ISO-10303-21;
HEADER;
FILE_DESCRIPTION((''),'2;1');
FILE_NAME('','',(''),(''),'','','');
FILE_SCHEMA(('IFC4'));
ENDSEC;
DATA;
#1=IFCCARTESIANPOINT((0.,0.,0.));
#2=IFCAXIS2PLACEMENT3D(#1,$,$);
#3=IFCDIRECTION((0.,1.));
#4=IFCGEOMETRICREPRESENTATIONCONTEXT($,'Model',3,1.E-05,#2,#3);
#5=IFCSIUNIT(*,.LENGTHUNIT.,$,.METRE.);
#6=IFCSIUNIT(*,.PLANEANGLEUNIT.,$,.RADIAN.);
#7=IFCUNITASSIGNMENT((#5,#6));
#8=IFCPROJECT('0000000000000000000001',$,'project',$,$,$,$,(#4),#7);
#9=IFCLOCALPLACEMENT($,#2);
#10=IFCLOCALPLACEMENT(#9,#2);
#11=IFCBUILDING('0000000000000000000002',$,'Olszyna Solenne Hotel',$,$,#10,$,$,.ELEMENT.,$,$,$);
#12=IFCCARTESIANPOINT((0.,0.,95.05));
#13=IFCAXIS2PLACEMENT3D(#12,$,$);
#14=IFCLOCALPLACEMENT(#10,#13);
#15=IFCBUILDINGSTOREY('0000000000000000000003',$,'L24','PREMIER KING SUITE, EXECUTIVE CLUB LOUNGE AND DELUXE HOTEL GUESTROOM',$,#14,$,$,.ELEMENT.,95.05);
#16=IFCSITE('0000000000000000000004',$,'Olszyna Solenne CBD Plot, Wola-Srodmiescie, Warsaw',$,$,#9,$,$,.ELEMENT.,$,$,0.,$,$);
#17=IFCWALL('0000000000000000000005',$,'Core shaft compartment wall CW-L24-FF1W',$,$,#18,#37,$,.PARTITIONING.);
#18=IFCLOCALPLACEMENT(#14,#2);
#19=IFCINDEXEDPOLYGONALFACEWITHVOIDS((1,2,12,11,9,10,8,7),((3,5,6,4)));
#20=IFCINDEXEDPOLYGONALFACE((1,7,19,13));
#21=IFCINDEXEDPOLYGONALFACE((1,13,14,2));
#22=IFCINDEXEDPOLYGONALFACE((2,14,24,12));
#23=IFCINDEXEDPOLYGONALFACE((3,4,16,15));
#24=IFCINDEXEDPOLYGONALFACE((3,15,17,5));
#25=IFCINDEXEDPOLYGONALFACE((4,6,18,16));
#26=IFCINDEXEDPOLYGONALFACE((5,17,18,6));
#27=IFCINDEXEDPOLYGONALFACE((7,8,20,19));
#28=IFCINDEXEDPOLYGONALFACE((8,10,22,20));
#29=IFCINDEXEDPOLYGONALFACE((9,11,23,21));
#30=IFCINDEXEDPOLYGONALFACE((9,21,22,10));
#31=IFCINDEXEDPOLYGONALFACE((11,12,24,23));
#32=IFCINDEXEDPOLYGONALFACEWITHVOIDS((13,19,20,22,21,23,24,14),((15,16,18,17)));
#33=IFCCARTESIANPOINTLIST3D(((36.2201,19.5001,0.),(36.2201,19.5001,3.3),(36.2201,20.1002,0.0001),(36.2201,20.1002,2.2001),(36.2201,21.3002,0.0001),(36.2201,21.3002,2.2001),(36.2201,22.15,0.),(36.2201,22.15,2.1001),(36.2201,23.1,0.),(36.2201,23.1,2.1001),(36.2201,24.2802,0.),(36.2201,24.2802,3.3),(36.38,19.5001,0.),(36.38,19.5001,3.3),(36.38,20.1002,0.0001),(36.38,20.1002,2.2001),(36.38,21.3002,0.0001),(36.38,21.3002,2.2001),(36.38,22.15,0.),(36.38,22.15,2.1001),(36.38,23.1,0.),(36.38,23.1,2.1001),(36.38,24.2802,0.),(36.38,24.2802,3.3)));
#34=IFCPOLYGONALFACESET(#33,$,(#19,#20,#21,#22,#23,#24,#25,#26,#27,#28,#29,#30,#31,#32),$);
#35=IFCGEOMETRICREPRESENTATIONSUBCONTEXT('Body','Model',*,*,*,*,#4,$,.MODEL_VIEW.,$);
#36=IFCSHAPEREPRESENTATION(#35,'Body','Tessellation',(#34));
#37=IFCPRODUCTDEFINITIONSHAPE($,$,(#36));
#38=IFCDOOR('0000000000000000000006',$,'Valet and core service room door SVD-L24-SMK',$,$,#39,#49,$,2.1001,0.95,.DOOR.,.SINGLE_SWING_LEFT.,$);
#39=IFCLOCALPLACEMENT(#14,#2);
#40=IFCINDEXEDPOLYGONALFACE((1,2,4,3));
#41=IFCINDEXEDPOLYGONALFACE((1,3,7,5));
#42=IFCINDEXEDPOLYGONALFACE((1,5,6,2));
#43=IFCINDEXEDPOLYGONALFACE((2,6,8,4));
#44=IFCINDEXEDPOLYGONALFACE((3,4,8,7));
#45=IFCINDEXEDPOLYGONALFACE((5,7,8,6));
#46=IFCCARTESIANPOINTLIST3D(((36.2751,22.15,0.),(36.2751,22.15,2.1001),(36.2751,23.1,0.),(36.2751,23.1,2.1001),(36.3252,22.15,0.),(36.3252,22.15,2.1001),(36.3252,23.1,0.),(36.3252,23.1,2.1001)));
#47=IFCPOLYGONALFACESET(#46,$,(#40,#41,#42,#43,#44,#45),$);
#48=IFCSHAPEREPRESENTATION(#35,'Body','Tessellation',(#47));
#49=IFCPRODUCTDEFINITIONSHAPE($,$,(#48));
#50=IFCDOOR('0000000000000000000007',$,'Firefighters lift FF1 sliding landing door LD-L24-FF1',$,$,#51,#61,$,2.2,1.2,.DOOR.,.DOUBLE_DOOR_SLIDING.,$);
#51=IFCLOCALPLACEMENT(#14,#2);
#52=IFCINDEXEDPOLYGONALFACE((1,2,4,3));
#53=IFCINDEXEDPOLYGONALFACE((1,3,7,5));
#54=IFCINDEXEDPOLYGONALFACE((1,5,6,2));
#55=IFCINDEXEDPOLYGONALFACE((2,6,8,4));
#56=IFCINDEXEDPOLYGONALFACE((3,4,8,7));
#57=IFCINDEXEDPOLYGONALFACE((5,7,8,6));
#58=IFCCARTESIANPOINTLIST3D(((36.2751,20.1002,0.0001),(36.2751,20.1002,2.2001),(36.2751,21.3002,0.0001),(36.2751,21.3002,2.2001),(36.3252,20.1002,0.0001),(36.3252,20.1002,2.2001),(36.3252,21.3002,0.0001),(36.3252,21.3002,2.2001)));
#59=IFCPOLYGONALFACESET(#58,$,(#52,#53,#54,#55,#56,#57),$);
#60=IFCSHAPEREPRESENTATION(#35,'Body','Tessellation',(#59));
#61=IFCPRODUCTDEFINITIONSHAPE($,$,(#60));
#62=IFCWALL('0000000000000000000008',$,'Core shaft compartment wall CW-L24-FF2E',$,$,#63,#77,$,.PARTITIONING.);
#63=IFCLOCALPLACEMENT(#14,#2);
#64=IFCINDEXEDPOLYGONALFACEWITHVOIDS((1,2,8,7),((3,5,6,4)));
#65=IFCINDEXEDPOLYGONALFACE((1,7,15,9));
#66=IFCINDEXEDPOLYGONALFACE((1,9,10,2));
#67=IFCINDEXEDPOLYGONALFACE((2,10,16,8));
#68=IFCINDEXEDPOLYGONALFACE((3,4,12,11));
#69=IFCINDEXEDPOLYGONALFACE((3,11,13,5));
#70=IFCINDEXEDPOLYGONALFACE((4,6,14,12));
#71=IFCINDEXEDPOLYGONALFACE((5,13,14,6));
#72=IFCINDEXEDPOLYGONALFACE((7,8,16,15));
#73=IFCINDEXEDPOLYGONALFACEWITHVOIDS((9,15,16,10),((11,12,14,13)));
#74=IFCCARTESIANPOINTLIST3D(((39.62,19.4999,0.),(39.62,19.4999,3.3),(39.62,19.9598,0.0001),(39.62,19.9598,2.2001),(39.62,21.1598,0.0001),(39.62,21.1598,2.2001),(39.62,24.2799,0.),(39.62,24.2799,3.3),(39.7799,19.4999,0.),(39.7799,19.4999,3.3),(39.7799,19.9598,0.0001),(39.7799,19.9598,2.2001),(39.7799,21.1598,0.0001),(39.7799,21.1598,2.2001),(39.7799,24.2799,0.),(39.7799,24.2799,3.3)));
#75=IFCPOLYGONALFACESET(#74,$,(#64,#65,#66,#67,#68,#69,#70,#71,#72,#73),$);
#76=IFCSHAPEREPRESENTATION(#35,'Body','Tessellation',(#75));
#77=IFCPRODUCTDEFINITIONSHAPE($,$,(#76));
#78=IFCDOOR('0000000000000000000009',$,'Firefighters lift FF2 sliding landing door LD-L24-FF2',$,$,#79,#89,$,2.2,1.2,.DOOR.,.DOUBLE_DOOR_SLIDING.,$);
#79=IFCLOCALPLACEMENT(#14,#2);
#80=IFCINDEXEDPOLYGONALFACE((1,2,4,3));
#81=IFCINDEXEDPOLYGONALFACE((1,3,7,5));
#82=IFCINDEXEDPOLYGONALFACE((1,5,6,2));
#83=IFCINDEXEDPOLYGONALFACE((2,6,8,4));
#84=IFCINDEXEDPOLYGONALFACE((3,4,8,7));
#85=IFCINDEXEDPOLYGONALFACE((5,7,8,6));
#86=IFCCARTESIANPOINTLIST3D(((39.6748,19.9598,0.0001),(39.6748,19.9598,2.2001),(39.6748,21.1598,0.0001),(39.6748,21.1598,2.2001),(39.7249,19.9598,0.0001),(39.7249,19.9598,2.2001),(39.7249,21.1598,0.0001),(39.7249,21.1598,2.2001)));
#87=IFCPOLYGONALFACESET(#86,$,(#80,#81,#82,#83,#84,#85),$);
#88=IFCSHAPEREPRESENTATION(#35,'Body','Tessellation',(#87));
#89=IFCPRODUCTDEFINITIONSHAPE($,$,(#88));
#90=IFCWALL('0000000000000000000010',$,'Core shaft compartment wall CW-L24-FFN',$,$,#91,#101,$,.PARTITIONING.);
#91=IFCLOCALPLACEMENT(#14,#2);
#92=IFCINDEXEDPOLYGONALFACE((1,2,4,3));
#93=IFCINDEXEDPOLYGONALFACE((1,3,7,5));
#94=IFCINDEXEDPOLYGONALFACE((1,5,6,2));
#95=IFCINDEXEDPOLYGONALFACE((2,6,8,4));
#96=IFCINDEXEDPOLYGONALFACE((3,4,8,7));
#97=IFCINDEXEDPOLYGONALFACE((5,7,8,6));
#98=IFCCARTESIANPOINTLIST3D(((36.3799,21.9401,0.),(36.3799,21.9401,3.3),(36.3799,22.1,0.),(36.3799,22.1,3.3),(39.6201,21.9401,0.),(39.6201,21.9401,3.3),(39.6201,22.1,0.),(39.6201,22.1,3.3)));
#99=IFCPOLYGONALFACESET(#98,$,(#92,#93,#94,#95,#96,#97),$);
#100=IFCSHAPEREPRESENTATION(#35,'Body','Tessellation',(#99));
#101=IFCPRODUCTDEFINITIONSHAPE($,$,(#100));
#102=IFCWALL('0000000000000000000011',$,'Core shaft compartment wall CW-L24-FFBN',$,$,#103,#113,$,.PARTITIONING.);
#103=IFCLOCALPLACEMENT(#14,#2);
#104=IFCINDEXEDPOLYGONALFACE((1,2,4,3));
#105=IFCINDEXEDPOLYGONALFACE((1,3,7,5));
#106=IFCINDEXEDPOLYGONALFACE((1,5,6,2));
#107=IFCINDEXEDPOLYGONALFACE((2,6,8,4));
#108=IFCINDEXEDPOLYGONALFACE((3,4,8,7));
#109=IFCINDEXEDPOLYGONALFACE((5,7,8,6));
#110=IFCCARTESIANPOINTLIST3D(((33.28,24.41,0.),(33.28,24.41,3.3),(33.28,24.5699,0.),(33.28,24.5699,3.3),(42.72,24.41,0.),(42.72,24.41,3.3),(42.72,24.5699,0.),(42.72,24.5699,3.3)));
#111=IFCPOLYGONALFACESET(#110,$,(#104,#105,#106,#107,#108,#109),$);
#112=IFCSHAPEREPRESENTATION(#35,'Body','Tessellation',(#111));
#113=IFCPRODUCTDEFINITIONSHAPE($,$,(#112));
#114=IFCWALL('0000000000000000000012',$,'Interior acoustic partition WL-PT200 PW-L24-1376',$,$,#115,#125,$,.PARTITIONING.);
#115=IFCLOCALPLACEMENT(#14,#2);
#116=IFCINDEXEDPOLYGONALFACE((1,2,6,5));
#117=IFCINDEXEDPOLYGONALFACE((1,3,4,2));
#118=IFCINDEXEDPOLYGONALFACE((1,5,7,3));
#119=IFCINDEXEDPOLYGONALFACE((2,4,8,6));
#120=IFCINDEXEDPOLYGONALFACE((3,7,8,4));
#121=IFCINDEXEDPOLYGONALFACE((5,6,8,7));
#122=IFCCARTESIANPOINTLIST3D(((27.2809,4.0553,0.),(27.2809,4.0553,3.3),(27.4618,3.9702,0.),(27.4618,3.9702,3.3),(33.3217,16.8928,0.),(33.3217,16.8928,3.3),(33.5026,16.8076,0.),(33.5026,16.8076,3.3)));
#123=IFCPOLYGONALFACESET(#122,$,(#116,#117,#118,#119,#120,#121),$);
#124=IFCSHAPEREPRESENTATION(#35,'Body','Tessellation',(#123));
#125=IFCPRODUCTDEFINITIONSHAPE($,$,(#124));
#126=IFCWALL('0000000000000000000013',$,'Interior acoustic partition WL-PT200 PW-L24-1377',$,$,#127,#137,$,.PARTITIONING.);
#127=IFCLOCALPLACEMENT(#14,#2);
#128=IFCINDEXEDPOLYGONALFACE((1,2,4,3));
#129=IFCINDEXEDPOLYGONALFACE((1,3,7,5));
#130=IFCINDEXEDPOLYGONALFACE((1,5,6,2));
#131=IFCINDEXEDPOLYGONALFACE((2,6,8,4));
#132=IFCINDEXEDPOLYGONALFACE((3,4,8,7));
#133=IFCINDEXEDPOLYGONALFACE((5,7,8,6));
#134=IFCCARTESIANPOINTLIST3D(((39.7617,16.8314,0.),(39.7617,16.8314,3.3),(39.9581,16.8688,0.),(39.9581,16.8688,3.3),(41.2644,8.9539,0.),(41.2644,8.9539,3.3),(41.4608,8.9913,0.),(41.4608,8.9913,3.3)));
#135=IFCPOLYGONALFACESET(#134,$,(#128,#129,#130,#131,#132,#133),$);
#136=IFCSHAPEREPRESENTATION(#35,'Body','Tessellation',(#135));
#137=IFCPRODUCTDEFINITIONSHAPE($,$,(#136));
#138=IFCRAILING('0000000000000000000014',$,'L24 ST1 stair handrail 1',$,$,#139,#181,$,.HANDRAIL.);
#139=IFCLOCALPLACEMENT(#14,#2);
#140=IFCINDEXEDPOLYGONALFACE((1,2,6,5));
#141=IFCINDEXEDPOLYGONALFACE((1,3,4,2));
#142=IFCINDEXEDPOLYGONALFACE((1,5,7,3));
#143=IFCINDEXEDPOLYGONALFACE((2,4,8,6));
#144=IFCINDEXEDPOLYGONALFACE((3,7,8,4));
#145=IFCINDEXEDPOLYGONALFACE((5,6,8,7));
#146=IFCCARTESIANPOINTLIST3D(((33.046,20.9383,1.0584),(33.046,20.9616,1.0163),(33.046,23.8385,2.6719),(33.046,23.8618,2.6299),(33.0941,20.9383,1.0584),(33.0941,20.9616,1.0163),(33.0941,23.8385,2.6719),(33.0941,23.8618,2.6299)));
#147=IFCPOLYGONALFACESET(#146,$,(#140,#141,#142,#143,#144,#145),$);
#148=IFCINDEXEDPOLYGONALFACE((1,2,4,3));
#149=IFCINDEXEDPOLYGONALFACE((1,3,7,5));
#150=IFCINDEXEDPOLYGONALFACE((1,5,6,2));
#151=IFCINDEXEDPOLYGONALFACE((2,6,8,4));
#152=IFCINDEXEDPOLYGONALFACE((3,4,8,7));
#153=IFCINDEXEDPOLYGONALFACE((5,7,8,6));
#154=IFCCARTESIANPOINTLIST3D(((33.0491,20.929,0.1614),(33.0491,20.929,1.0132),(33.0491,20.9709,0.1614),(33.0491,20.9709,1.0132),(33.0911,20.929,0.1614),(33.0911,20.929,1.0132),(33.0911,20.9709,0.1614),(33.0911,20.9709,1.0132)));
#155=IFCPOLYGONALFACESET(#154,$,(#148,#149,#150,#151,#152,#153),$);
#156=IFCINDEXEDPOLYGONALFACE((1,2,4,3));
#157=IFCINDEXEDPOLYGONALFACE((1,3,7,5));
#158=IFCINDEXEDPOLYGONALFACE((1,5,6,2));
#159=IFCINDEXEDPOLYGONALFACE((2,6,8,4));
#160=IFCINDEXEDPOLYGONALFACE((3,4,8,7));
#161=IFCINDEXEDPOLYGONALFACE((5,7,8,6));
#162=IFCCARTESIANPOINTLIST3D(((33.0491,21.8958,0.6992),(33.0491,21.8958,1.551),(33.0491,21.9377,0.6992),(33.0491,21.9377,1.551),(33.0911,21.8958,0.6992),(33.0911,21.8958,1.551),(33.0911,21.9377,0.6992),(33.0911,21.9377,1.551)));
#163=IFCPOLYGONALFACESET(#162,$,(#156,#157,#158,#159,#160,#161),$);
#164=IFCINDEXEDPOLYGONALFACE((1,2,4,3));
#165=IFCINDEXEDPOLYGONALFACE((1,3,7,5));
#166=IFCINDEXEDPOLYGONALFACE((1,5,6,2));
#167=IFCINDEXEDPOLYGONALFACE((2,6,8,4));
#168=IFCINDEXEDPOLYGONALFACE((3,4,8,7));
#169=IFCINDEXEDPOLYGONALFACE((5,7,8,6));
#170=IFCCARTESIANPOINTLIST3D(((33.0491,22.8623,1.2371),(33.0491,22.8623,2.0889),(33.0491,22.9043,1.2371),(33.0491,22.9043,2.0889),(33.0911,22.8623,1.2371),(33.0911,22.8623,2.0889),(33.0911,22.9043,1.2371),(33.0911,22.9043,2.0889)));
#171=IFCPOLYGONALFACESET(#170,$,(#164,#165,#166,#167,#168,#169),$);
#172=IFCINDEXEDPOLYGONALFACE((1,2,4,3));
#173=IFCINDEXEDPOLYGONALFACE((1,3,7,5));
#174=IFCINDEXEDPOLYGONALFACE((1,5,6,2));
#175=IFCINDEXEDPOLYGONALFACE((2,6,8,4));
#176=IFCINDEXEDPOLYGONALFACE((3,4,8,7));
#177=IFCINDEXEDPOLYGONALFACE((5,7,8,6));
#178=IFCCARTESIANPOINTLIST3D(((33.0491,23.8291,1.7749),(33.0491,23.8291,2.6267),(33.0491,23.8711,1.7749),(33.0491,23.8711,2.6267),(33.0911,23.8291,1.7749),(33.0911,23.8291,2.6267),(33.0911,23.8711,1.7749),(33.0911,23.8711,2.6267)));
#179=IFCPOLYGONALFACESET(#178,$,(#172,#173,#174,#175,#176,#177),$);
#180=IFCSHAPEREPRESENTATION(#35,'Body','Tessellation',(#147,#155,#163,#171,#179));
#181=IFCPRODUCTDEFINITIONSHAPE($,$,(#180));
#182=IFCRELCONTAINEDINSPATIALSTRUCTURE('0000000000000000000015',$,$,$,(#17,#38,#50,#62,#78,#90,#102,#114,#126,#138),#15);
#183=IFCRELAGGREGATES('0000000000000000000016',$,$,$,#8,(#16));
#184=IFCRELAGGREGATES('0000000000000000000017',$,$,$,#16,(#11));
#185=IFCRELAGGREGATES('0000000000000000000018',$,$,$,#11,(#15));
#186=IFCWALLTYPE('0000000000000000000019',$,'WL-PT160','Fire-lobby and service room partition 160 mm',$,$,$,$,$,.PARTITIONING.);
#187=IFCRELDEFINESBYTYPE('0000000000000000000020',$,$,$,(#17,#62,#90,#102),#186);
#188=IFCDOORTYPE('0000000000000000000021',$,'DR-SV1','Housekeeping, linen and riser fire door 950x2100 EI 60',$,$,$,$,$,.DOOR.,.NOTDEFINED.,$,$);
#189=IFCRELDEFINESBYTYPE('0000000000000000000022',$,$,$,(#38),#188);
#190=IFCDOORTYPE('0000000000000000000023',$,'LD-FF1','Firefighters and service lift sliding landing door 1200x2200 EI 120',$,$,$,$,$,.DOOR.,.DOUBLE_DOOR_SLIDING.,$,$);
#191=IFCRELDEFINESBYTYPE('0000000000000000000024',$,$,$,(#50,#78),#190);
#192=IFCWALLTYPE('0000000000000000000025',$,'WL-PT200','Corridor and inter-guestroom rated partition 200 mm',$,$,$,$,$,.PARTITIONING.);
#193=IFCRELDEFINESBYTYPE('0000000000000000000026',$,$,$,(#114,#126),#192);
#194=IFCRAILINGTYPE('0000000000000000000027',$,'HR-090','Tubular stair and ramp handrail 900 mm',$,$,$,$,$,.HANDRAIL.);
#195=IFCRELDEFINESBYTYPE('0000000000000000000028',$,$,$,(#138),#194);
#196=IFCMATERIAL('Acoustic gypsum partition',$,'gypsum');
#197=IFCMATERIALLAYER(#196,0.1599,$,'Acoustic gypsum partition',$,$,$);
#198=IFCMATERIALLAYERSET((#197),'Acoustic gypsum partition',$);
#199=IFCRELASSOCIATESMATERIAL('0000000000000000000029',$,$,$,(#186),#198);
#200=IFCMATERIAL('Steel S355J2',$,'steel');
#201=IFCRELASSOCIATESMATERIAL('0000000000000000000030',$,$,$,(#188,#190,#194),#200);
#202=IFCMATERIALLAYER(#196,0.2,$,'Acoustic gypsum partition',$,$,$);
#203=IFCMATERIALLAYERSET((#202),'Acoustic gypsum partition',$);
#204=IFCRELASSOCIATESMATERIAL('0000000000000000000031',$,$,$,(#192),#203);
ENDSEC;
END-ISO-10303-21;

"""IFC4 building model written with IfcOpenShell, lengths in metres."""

from ifc_helpers import new_model, si_unit, direction, frame, frame_2d, origin, origin_2d, place, context, subcontext, project, spatial, rectangle, extrude, source, transform, mapped, material, layer, layer_set, type_object, type_shapes, element, fill, save


model = new_model("IFC4")

# Units and contexts
model_context = context("Model", 3, precision=1e-05, world=origin(), true_north=direction((0.0, 1.0)))
body_context = subcontext(model_context, "Body", "Model", "MODEL_VIEW")
ifc_project = project(units=[si_unit("LENGTHUNIT", "METRE"), si_unit("PLANEANGLEUNIT", "RADIAN")], contexts=[model_context])

# Site, building, storey
site_placement = place(None, origin())
site = spatial("IfcSite", under=ifc_project, at=site_placement, Name="Olszyna Solenne CBD Plot, Wola-Srodmiescie, Warsaw", CompositionType="ELEMENT", RefElevation=0.0)
building_placement = place(site_placement, origin())
building = spatial("IfcBuilding", under=site, at=building_placement, Name="Olszyna Solenne Hotel", CompositionType="ELEMENT")
storey_placement = place(building_placement, frame((0.0, 0.0, 95.05)))
storey = spatial("IfcBuildingStorey", under=building, at=storey_placement, Name="L24", Description="PREMIER KING SUITE, EXECUTIVE CLUB LOUNGE AND DELUXE HOTEL GUESTROOM", CompositionType="ELEMENT", Elevation=95.05)

# Shared definitions
ifc_material_1 = material(Name="Steel S355J2", Category="steel")

# Shared definitions
ifc_material_2 = material(Name="Acoustic gypsum partition", Category="gypsum")

# Shared definitions
ifc_layer_1 = layer(ifc_material_2, 0.1599, Name="Acoustic gypsum partition")
ifc_layer_set_1 = layer_set([ifc_layer_1], Name="Acoustic gypsum partition")
wall_type_1 = type_object("IfcWallType", Name="WL-PT160", Description="Fire-lobby and service room partition 160 mm", PredefinedType="PARTITIONING", material=ifc_layer_set_1)

# Wall, openings, doors
wall_1_placement = place(storey_placement, frame((36.3, 19.5, 0.0), z_axis=(0.0, 0.0, 1.0), x_axis=(0.0, 1.0, 0.0)))
wall_1 = element("IfcWall", 1, at=wall_1_placement, inside=storey, type_object=wall_type_1, Name="Core shaft compartment wall CW-L24-FF1W", PredefinedType="PARTITIONING", context=body_context, shape_type="SweptSolid", body=[
    extrude(rectangle(XDim=4.78, YDim=0.1599, at=frame_2d((2.3901, 0.0))), origin(), (0.0, 0.0, 1.0), 3.3),
])
opening_1_placement = place(wall_1_placement, frame((0.6001, 0.0, 0.0)))
opening_1 = element("IfcOpeningElement", 2, at=opening_1_placement, cuts=wall_1, PredefinedType="OPENING", context=body_context, shape_type="SweptSolid", body=[
    extrude(rectangle(XDim=1.2, YDim=2.2, at=frame_2d((0.6001, 1.1001))), frame((0.0, 0.0898, 0.0), z_axis=(0.0, -1.0, 0.0), x_axis=(1.0, 0.0, 0.0)), (0.0, 0.0, 1.0), 0.1799),
])
opening_2_placement = place(wall_1_placement, frame((2.6499, 0.0, 0.0)))
opening_2 = element("IfcOpeningElement", 3, at=opening_2_placement, cuts=wall_1, PredefinedType="OPENING", context=body_context, shape_type="SweptSolid", body=[
    extrude(rectangle(XDim=0.95, YDim=2.1001, at=frame_2d((0.4751, 1.05))), frame((0.0, 0.0898, 0.0), z_axis=(0.0, -1.0, 0.0), x_axis=(1.0, 0.0, 0.0)), (0.0, 0.0, 1.0), 0.1799),
])
door_type_1 = type_object("IfcDoorType", Name="DR-SV1", Description="Housekeeping, linen and riser fire door 950x2100 EI 60", OperationType="NOTDEFINED", PredefinedType="DOOR", material=ifc_material_1)
shared_shape_1 = source(origin(), body_context, "Body", "SweptSolid", [
    extrude(rectangle(XDim=0.95, YDim=2.1001, at=frame_2d((0.4751, 1.05))), frame((0.0, 0.0249, 0.0), z_axis=(0.0, -1.0, 0.0), x_axis=(1.0, 0.0, 0.0)), (0.0, 0.0, 1.0), 0.05),
])
type_shapes(door_type_1, [shared_shape_1])
door_1_placement = place(opening_2_placement, origin())
door_1 = element("IfcDoor", 4, at=door_1_placement, inside=storey, type_object=door_type_1, Name="Valet and core service room door SVD-L24-SMK", OperationType="SINGLE_SWING_LEFT", OverallHeight=2.1001, OverallWidth=0.95, PredefinedType="DOOR", context=body_context, shape_type="MappedRepresentation", body=[
    mapped(shared_shape_1, transform((0.0, 0.0, 0.0), x_axis=(1.0, 0.0, 0.0), y_axis=(0.0, 1.0, 0.0), z_axis=(0.0, 0.0, 1.0), scale=1.0)),
])
fill(opening_2, door_1)
door_type_2 = type_object("IfcDoorType", Name="LD-FF1", Description="Firefighters and service lift sliding landing door 1200x2200 EI 120", OperationType="DOUBLE_DOOR_SLIDING", PredefinedType="DOOR", material=ifc_material_1)
shared_shape_2 = source(origin(), body_context, "Body", "SweptSolid", [
    extrude(rectangle(XDim=1.2, YDim=2.2, at=frame_2d((0.6001, 1.1001))), frame((0.0, 0.0249, 0.0), z_axis=(0.0, -1.0, 0.0), x_axis=(1.0, 0.0, 0.0)), (0.0, 0.0, 1.0), 0.05),
])
type_shapes(door_type_2, [shared_shape_2])
door_2_placement = place(opening_1_placement, origin())
door_2 = element("IfcDoor", 5, at=door_2_placement, inside=storey, type_object=door_type_2, Name="Firefighters lift FF1 sliding landing door LD-L24-FF1", OperationType="DOUBLE_DOOR_SLIDING", OverallHeight=2.2, OverallWidth=1.2, PredefinedType="DOOR", context=body_context, shape_type="MappedRepresentation", body=[
    mapped(shared_shape_2, transform((0.0, 0.0, 0.0), x_axis=(1.0, 0.0, 0.0), y_axis=(0.0, 1.0, 0.0), z_axis=(0.0, 0.0, 1.0), scale=1.0)),
])
fill(opening_1, door_2)

# Wall, opening, door
wall_2_placement = place(storey_placement, frame((39.7, 24.28, 0.0), z_axis=(0.0, 0.0, 1.0), x_axis=(0.0, -1.0, 0.0)))
wall_2 = element("IfcWall", 6, at=wall_2_placement, inside=storey, type_object=wall_type_1, Name="Core shaft compartment wall CW-L24-FF2E", PredefinedType="PARTITIONING", context=body_context, shape_type="SweptSolid", body=[
    extrude(rectangle(XDim=4.78, YDim=0.1599, at=frame_2d((2.3901, 0.0))), origin(), (0.0, 0.0, 1.0), 3.3),
])
opening_3_placement = place(wall_2_placement, frame((3.1201, 0.0, 0.0)))
opening_3 = element("IfcOpeningElement", 7, at=opening_3_placement, cuts=wall_2, PredefinedType="OPENING", context=body_context, shape_type="SweptSolid", body=[
    extrude(rectangle(XDim=1.2, YDim=2.2, at=frame_2d((0.6001, 1.1001))), frame((0.0, 0.0898, 0.0), z_axis=(0.0, -1.0, 0.0), x_axis=(1.0, 0.0, 0.0)), (0.0, 0.0, 1.0), 0.1799),
])
door_3_placement = place(opening_3_placement, origin())
door_3 = element("IfcDoor", 8, at=door_3_placement, inside=storey, type_object=door_type_2, Name="Firefighters lift FF2 sliding landing door LD-L24-FF2", OperationType="DOUBLE_DOOR_SLIDING", OverallHeight=2.2, OverallWidth=1.2, PredefinedType="DOOR", context=body_context, shape_type="MappedRepresentation", body=[
    mapped(shared_shape_2, transform((0.0, 0.0, 0.0), x_axis=(1.0, 0.0, 0.0), y_axis=(0.0, 1.0, 0.0), z_axis=(0.0, 0.0, 1.0), scale=1.0)),
])
fill(opening_3, door_3)

# Walls
wall_3_placement = place(storey_placement, frame((36.3799, 22.02, 0.0), z_axis=(0.0, 0.0, 1.0), x_axis=(1.0, 0.0, 0.0)))
element("IfcWall", 9, at=wall_3_placement, inside=storey, type_object=wall_type_1, Name="Core shaft compartment wall CW-L24-FFN", PredefinedType="PARTITIONING", context=body_context, shape_type="SweptSolid", body=[
    extrude(rectangle(XDim=3.2402, YDim=0.1599, at=frame_2d((1.6201, 0.0))), origin(), (0.0, 0.0, 1.0), 3.3),
])
wall_4_placement = place(storey_placement, frame((33.28, 24.49, 0.0), z_axis=(0.0, 0.0, 1.0), x_axis=(1.0, 0.0, 0.0)))
element("IfcWall", 10, at=wall_4_placement, inside=storey, type_object=wall_type_1, Name="Core shaft compartment wall CW-L24-FFBN", PredefinedType="PARTITIONING", context=body_context, shape_type="SweptSolid", body=[
    extrude(rectangle(XDim=9.4399, YDim=0.1599, at=frame_2d((4.72, 0.0))), origin(), (0.0, 0.0, 1.0), 3.3),
])
ifc_layer_2 = layer(ifc_material_2, 0.2, Name="Acoustic gypsum partition")
ifc_layer_set_2 = layer_set([ifc_layer_2], Name="Acoustic gypsum partition")
wall_type_2 = type_object("IfcWallType", Name="WL-PT200", Description="Corridor and inter-guestroom rated partition 200 mm", PredefinedType="PARTITIONING", material=ifc_layer_set_2)
wall_5_placement = place(storey_placement, frame((33.4121, 16.8501, 0.0), z_axis=(0.0, 0.0, 1.0), x_axis=(-0.425776, -0.904828, 0.0)))
element("IfcWall", 11, at=wall_5_placement, inside=storey, type_object=wall_type_2, Name="Interior acoustic partition WL-PT200 PW-L24-1376", PredefinedType="PARTITIONING", context=body_context, shape_type="SweptSolid", body=[
    extrude(rectangle(XDim=14.1877, YDim=0.2, at=frame_2d((7.0938, 0.0))), origin(), (0.0, 0.0, 1.0), 3.3),
])
wall_6_placement = place(storey_placement, frame((39.8599, 16.8501, 0.0), z_axis=(0.0, 0.0, 1.0), x_axis=(0.187379, -0.982288, 0.0)))
element("IfcWall", 12, at=wall_6_placement, inside=storey, type_object=wall_type_2, Name="Interior acoustic partition WL-PT200 PW-L24-1377", PredefinedType="PARTITIONING", context=body_context, shape_type="SweptSolid", body=[
    extrude(rectangle(XDim=8.0195, YDim=0.2, at=frame_2d((4.0098, 0.0))), origin(), (0.0, 0.0, 1.0), 3.3),
])

# Railing
railing_type = type_object("IfcRailingType", Name="HR-090", Description="Tubular stair and ramp handrail 900 mm", PredefinedType="HANDRAIL", material=ifc_material_1)
railing_placement = place(storey_placement, frame((33.0701, 20.95, 0.1614)))
element("IfcRailing", 13, at=railing_placement, inside=storey, type_object=railing_type, Name="L24 ST1 stair handrail 1", PredefinedType="HANDRAIL", context=body_context, shape_type="SweptSolid", body=[
    extrude(rectangle(XDim=0.0481, YDim=0.0481, at=origin_2d()), frame((0.0, 0.0, 0.876), z_axis=(0.0, 0.873859, 0.48618), x_axis=(-1.0, 0.0, 0.0)), (0.0, 0.0, 1.0), 3.3188),
    extrude(rectangle(XDim=0.042, YDim=0.042, at=origin_2d()), origin(), (0.0, 0.0, 1.0), 0.8518),
    extrude(rectangle(XDim=0.042, YDim=0.042, at=origin_2d()), frame((0.0, 0.9668, 0.5378)), (0.0, 0.0, 1.0), 0.8518),
    extrude(rectangle(XDim=0.042, YDim=0.042, at=origin_2d()), frame((0.0, 1.9333, 1.0757)), (0.0, 0.0, 1.0), 0.8518),
    extrude(rectangle(XDim=0.042, YDim=0.042, at=origin_2d()), frame((0.0, 2.9001, 1.6135)), (0.0, 0.0, 1.0), 0.8518),
])

save(model, "model.ifc")
